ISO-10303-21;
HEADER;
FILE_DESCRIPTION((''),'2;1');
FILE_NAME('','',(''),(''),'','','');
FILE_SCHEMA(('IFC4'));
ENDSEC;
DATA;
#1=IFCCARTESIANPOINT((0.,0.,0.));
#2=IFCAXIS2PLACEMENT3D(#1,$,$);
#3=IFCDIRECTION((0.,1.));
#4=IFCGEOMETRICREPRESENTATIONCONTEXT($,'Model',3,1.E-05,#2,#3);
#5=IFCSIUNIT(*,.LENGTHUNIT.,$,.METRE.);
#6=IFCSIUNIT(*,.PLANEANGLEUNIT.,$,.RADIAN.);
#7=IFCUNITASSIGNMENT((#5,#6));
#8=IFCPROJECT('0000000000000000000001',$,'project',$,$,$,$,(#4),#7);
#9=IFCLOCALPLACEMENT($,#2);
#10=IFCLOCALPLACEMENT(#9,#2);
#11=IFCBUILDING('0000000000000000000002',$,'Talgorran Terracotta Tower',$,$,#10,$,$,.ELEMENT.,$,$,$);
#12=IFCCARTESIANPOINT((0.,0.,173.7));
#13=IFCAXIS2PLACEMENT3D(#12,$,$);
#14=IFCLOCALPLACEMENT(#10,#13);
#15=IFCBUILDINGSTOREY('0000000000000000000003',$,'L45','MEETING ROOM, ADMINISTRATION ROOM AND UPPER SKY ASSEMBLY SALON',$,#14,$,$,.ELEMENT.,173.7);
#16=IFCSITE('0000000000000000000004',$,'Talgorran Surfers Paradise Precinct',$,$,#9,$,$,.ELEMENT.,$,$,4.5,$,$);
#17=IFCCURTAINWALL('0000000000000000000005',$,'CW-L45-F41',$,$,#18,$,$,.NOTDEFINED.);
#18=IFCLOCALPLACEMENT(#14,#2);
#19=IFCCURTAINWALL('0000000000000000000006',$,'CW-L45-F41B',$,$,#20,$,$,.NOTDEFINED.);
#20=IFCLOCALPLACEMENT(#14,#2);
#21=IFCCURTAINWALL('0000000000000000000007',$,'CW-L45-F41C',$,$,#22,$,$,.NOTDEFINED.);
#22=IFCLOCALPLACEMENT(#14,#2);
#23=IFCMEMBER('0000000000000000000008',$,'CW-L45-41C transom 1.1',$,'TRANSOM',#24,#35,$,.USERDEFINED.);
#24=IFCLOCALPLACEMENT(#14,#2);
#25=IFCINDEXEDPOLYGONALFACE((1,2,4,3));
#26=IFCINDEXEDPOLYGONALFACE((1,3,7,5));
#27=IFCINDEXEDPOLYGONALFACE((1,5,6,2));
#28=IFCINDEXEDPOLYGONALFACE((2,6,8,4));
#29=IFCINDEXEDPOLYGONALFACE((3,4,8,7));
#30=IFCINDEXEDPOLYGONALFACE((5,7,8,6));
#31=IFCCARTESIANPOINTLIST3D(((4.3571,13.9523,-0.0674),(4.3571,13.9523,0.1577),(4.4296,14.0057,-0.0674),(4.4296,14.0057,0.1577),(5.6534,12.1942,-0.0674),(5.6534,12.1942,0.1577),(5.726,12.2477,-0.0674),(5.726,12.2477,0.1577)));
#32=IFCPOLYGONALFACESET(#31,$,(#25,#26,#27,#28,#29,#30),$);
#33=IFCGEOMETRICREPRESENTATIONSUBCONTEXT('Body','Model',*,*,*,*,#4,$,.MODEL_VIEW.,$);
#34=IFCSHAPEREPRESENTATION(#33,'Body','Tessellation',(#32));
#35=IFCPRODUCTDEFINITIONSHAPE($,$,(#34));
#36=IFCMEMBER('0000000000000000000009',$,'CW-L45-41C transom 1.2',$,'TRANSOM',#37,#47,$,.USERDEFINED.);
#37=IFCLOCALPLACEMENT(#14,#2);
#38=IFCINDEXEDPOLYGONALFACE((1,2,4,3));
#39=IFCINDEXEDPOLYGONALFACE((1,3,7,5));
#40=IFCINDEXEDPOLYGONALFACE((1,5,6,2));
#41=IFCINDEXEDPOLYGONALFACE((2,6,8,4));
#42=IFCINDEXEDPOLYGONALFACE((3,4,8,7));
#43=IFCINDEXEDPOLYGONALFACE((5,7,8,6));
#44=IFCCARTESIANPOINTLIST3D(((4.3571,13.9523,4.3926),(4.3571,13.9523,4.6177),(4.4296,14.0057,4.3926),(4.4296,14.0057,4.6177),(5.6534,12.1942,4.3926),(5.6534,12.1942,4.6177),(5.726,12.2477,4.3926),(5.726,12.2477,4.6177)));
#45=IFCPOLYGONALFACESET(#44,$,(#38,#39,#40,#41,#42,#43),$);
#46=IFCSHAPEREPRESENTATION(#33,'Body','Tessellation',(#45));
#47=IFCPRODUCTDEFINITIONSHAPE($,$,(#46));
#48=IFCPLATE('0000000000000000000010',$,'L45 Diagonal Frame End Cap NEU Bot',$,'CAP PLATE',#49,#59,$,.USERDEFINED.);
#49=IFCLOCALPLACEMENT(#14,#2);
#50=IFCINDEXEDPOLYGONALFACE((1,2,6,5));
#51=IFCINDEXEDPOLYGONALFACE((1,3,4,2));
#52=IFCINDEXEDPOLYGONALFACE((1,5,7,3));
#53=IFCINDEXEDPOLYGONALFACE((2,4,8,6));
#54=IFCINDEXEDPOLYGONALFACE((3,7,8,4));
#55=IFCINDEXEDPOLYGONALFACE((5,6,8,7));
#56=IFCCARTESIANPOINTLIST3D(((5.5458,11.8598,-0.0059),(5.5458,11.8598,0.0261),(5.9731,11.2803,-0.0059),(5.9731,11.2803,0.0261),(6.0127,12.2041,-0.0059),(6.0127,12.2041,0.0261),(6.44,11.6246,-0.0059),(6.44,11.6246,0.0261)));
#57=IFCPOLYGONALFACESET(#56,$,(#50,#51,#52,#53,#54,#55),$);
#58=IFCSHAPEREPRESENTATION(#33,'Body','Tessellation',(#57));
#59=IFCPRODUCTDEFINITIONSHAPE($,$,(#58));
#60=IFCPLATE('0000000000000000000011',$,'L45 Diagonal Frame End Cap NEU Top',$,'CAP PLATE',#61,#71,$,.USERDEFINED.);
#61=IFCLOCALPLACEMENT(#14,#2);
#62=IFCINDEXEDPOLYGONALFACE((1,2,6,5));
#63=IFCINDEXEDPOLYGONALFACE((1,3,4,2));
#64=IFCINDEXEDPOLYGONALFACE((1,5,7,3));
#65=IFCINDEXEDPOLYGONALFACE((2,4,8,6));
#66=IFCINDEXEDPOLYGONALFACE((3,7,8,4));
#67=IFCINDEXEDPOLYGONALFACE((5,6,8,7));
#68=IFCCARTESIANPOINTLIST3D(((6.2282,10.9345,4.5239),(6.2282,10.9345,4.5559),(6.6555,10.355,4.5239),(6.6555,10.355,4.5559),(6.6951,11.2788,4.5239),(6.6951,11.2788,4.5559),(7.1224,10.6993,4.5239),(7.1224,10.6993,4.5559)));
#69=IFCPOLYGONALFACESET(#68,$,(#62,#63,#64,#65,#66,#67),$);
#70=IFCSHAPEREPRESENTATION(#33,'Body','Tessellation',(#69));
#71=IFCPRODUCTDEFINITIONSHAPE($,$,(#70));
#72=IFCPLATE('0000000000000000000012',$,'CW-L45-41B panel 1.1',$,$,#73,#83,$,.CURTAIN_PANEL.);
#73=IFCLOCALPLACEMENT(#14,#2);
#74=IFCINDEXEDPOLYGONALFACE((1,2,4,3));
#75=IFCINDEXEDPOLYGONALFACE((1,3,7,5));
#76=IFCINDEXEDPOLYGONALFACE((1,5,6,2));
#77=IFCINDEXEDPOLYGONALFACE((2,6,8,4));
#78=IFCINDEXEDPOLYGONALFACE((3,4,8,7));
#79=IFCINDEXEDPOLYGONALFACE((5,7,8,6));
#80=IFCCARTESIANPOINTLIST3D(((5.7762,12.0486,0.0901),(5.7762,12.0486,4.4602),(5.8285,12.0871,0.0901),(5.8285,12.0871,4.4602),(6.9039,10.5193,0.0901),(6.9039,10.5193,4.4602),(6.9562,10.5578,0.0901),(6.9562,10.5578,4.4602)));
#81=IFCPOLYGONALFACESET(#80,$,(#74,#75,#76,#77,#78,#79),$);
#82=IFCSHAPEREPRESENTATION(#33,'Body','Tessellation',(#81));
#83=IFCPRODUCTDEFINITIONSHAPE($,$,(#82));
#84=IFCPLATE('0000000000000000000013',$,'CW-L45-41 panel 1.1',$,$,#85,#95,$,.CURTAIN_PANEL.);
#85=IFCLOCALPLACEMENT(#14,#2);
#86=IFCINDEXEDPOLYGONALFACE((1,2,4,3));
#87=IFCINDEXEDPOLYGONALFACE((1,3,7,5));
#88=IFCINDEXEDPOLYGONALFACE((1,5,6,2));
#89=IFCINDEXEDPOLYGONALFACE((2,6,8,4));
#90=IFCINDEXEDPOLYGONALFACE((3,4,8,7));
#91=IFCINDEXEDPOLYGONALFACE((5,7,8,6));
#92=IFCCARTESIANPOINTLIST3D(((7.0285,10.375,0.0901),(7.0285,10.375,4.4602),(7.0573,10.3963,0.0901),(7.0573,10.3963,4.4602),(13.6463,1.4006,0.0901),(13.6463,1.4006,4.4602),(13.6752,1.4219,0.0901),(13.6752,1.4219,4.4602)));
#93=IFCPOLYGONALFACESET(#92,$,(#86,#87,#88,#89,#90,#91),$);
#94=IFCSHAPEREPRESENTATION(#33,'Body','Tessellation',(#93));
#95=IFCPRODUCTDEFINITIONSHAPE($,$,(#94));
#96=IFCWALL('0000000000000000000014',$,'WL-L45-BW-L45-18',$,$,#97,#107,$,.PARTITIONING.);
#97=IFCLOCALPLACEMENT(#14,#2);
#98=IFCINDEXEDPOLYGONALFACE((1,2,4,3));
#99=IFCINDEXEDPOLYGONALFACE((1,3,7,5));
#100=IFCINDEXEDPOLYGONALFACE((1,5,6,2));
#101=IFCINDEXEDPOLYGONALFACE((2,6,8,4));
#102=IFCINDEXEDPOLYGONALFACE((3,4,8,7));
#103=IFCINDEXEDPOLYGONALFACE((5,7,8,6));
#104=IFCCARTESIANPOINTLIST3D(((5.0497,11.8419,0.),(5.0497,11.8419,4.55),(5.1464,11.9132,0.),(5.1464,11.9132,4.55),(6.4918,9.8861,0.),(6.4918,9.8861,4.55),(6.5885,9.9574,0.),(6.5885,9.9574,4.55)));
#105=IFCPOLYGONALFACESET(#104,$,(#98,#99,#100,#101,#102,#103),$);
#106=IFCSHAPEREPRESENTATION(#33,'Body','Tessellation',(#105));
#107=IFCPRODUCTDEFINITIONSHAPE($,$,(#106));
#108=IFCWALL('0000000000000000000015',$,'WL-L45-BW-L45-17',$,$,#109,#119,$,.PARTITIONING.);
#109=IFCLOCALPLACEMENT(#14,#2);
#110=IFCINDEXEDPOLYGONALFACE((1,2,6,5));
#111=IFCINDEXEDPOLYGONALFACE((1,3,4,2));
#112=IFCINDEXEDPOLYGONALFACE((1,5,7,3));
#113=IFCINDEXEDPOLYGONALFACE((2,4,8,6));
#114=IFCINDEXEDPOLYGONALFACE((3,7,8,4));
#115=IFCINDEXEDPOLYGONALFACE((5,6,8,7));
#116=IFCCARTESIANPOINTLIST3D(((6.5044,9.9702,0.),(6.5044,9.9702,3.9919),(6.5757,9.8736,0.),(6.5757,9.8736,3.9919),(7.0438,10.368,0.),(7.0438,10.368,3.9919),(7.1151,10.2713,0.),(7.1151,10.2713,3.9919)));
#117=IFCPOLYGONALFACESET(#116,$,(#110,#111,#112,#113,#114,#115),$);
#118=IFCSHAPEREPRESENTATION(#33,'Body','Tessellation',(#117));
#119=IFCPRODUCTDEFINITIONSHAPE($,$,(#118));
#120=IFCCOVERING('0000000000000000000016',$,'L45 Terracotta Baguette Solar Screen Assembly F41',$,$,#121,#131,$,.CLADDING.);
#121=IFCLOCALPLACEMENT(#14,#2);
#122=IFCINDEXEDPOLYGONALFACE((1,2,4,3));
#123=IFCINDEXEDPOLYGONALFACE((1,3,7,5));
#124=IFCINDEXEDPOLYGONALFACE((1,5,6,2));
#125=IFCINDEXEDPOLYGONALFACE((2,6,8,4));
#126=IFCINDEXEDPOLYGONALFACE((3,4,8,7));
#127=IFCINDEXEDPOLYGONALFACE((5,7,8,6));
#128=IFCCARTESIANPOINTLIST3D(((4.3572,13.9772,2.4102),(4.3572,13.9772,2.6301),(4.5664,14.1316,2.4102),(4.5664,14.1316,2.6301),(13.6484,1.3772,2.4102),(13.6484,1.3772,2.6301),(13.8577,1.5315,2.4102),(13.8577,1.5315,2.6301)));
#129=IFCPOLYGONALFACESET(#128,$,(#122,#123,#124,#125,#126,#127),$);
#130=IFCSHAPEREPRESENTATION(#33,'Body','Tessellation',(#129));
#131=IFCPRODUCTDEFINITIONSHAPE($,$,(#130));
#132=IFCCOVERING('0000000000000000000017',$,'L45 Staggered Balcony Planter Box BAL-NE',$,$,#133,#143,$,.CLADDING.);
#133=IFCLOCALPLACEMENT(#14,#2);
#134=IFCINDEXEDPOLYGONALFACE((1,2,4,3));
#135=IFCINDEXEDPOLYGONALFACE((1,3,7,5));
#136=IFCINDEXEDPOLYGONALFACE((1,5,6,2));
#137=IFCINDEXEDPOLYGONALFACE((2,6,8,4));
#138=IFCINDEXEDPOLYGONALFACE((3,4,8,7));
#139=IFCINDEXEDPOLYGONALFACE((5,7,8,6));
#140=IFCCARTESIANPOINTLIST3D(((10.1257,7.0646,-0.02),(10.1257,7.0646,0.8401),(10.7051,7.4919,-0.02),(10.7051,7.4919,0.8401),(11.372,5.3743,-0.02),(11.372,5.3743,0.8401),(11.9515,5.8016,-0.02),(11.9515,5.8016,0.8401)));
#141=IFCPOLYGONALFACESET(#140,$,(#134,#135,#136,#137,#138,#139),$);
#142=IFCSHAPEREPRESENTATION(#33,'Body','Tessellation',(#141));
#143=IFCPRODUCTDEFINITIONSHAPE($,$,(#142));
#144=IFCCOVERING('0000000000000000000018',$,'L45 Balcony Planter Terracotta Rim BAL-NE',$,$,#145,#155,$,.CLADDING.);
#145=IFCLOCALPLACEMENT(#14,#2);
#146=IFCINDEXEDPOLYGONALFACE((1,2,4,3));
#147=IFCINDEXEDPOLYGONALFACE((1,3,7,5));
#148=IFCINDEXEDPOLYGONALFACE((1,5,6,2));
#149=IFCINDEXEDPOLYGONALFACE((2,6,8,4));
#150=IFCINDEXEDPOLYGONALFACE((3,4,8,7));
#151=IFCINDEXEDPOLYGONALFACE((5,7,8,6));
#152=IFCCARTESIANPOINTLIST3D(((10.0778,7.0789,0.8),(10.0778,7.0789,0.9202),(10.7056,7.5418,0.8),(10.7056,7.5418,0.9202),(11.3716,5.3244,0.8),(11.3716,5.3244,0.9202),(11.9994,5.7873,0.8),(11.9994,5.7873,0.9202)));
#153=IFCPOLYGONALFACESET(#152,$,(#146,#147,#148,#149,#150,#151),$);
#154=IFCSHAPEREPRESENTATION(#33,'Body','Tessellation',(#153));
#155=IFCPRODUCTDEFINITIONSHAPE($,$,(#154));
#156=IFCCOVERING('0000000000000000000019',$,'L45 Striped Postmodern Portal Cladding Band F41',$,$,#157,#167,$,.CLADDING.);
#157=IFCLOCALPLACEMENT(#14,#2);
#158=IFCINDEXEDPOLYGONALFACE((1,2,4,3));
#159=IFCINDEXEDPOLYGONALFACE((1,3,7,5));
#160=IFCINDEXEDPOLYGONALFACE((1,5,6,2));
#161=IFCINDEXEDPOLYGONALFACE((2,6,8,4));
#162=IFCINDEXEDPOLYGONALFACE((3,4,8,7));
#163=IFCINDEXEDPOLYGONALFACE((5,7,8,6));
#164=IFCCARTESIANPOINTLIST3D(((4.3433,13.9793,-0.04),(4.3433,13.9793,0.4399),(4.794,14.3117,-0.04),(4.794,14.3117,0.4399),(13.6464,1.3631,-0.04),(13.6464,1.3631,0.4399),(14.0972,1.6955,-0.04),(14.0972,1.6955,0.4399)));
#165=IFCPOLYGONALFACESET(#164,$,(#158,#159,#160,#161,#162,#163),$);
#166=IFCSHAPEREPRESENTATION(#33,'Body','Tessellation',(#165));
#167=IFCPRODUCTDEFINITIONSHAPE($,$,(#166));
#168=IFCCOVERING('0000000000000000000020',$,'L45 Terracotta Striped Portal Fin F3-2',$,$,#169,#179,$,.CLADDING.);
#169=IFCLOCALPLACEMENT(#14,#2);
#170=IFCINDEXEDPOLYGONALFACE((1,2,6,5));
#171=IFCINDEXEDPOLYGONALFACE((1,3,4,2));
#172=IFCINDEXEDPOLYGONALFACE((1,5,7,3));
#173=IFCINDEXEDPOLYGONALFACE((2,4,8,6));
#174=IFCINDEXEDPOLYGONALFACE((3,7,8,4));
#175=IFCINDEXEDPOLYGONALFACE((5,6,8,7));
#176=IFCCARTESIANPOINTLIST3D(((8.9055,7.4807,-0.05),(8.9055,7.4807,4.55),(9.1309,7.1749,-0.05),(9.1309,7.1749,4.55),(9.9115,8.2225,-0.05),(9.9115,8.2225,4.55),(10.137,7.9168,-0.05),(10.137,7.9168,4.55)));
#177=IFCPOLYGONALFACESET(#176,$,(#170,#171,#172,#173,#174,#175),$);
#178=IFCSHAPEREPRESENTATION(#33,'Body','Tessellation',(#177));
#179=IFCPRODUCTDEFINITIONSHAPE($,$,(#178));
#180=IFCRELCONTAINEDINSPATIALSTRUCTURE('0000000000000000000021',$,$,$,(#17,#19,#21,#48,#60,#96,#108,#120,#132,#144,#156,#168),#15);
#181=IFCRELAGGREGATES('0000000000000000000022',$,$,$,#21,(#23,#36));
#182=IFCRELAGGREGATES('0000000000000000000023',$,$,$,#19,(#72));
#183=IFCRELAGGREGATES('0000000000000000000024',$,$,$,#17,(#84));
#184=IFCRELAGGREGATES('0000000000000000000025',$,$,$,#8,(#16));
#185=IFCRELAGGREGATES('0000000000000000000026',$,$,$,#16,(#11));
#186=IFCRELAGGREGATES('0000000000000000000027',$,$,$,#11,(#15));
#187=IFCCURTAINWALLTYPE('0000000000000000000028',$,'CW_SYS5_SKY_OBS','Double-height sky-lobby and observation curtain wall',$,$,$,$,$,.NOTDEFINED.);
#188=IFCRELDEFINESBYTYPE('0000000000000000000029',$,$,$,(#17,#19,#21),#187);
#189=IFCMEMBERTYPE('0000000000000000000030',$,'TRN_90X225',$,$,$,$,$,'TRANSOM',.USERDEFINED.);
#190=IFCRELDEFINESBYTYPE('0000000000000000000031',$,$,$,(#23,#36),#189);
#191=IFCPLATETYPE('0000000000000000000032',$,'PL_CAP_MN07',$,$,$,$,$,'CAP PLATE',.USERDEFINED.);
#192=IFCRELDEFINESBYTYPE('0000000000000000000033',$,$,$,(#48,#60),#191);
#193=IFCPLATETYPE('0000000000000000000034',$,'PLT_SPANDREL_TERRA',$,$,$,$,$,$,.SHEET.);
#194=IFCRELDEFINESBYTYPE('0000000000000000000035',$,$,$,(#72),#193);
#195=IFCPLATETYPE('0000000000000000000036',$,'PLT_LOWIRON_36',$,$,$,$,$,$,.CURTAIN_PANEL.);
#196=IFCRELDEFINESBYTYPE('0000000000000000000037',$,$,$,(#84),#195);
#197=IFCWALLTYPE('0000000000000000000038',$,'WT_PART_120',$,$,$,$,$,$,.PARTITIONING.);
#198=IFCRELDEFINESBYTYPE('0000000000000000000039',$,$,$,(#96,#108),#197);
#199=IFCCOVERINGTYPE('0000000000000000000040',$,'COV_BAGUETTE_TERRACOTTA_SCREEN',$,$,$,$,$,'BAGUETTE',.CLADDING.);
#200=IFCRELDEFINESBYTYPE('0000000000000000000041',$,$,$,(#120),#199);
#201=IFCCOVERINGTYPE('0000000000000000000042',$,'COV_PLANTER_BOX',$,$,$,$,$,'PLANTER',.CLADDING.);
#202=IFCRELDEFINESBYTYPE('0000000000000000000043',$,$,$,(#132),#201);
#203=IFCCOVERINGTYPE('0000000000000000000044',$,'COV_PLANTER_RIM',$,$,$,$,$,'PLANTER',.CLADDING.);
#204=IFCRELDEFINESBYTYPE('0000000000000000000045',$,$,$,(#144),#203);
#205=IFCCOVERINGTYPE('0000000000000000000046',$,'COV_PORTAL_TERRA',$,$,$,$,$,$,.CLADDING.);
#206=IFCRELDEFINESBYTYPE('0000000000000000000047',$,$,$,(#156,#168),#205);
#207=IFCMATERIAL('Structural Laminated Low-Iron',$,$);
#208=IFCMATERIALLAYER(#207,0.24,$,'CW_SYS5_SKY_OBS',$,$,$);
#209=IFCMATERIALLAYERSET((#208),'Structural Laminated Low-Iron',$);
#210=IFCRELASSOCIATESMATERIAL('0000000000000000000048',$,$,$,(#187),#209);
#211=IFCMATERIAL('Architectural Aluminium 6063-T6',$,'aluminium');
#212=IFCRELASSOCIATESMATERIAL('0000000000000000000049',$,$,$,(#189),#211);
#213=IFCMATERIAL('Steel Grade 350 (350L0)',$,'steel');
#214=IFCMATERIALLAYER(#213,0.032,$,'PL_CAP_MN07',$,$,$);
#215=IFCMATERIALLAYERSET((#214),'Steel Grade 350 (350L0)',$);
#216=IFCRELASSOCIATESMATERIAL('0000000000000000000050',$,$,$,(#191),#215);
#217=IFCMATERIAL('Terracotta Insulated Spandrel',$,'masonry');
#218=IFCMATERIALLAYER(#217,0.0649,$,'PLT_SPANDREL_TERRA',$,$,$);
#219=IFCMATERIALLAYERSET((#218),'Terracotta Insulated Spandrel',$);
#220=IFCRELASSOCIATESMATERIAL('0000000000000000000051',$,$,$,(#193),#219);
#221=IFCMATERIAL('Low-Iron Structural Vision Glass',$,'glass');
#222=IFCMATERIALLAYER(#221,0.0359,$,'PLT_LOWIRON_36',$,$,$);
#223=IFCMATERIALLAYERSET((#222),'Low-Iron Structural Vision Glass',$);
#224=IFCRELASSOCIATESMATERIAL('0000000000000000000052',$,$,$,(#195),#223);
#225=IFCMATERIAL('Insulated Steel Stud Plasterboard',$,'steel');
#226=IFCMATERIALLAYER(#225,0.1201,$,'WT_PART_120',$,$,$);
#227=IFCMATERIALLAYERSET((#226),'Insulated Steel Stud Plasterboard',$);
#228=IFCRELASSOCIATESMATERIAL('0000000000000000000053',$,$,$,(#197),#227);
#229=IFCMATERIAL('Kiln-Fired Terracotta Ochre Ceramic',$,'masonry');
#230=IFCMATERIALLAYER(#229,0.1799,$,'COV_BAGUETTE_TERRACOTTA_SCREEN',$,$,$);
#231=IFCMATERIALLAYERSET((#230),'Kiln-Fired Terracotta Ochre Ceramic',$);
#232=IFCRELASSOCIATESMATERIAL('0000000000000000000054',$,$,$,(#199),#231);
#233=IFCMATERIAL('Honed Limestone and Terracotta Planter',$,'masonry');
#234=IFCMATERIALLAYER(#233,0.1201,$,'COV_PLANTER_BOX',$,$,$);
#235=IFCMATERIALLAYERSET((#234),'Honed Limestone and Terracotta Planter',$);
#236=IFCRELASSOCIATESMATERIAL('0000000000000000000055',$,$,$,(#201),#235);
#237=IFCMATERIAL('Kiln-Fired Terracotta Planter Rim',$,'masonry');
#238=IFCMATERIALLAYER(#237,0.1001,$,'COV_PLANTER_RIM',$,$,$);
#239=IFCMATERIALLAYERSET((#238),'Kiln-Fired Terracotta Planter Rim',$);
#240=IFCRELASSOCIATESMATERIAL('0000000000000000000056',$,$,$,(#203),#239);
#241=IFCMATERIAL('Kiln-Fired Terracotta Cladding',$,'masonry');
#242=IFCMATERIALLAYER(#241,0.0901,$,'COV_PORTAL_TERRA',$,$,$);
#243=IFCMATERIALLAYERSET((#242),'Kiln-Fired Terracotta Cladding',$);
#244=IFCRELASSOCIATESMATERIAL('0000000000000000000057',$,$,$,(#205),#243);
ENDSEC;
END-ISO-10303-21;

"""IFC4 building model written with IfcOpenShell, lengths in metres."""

from ifc_helpers import new_model, si_unit, direction, frame, frame_2d, origin, origin_2d, place, context, subcontext, project, spatial, rectangle, extrude, source, transform, mapped, material, layer, layer_set, material_profile, profile_set, type_object, type_shapes, element, aggregate, save


model = new_model("IFC4")

# Units and contexts
model_context = context("Model", 3, precision=1e-05, world=origin(), true_north=direction((0.0, 1.0)))
body_context = subcontext(model_context, "Body", "Model", "MODEL_VIEW")
ifc_project = project(units=[si_unit("LENGTHUNIT", "METRE"), si_unit("PLANEANGLEUNIT", "RADIAN")], contexts=[model_context])

# Site, building, storey
site_placement = place(None, origin())
site = spatial("IfcSite", under=ifc_project, at=site_placement, Name="Talgorran Surfers Paradise Precinct", CompositionType="ELEMENT", RefElevation=4.5)
building_placement = place(site_placement, origin())
building = spatial("IfcBuilding", under=site, at=building_placement, Name="Talgorran Terracotta Tower", CompositionType="ELEMENT")
storey_placement = place(building_placement, frame((0.0, 0.0, 173.7)))
storey = spatial("IfcBuildingStorey", under=building, at=storey_placement, Name="L45", Description="MEETING ROOM, ADMINISTRATION ROOM AND UPPER SKY ASSEMBLY SALON", CompositionType="ELEMENT", Elevation=173.7)

# Shared definitions
ifc_material_1 = material(Name="Steel Grade 350 (350L0)", Category="steel")

# Curtain wall
ifc_material_2 = material(Name="Structural Laminated Low-Iron")
ifc_layer_1 = layer(ifc_material_2, 0.24, Name="CW_SYS5_SKY_OBS")
ifc_layer_set_1 = layer_set([ifc_layer_1], Name="Structural Laminated Low-Iron")
curtain_wall_type = type_object("IfcCurtainWallType", Name="CW_SYS5_SKY_OBS", Description="Double-height sky-lobby and observation curtain wall", PredefinedType="NOTDEFINED", material=ifc_layer_set_1)
curtain_wall_1_placement = place(storey_placement, origin())
curtain_wall_1 = element("IfcCurtainWall", 1, at=curtain_wall_1_placement, inside=storey, type_object=curtain_wall_type, Name="CW-L45-F41", PredefinedType="NOTDEFINED")
ifc_material_3 = material(Name="Architectural Aluminium 6063-T6", Category="aluminium")

# Curtain wall
curtain_wall_2_placement = place(storey_placement, origin())
curtain_wall_2 = element("IfcCurtainWall", 2, at=curtain_wall_2_placement, inside=storey, type_object=curtain_wall_type, Name="CW-L45-F41B", PredefinedType="NOTDEFINED")

# Curtain wall
curtain_wall_3_placement = place(storey_placement, origin())
curtain_wall_3 = element("IfcCurtainWall", 3, at=curtain_wall_3_placement, inside=storey, type_object=curtain_wall_type, Name="CW-L45-F41C", PredefinedType="NOTDEFINED")

# Members
ifc_material_profile_1 = material_profile(ifc_material_3, rectangle(XDim=0.0901, YDim=0.2251, at=origin_2d()), Name="CWT90X225")
ifc_profile_set_1 = profile_set([ifc_material_profile_1], Name="Architectural Aluminium 6063-T6")
member_type_1 = type_object("IfcMemberType", Name="TRN_90X225", ElementType="TRANSOM", PredefinedType="USERDEFINED", material=ifc_profile_set_1)
member_1_placement = place(storey_placement, frame((5.6897, 12.2209, 0.0452), z_axis=(-0.593489, 0.804842, 0.0), x_axis=(-0.804842, -0.593489, 0.0)))
member_1 = element("IfcMember", 4, at=member_1_placement, type_object=member_type_1, Name="CW-L45-41C transom 1.1", ObjectType="TRANSOM", PredefinedType="USERDEFINED", context=body_context, shape_type="SweptSolid", body=[
    extrude(rectangle(XDim=0.0901, YDim=0.2251, at=origin_2d()), origin(), (0.0, 0.0, 1.0), 2.1843),
])
member_2_placement = place(storey_placement, frame((5.6897, 12.2209, 4.5051), z_axis=(-0.593489, 0.804842, 0.0), x_axis=(-0.804842, -0.593489, 0.0)))
member_2 = element("IfcMember", 5, at=member_2_placement, type_object=member_type_1, Name="CW-L45-41C transom 1.2", ObjectType="TRANSOM", PredefinedType="USERDEFINED", context=body_context, shape_type="SweptSolid", body=[
    extrude(rectangle(XDim=0.0901, YDim=0.2251, at=origin_2d()), origin(), (0.0, 0.0, 1.0), 2.1843),
])
aggregate(curtain_wall_3, [member_1, member_2])

# Plates
ifc_layer_2 = layer(ifc_material_1, 0.032, Name="PL_CAP_MN07")
ifc_layer_set_2 = layer_set([ifc_layer_2], Name="Steel Grade 350 (350L0)")
plate_type_1 = type_object("IfcPlateType", Name="PL_CAP_MN07", ElementType="CAP PLATE", PredefinedType="USERDEFINED", material=ifc_layer_set_2)
for number, where, z_axis, x_axis, name in (
    (6, (5.9929, 11.7422, -0.0059), (0.0, 0.0, 1.0), (0.593419, -0.804894, 0.0), "L45 Diagonal Frame End Cap NEU Bot"),
    (7, (6.6753, 10.8169, 4.5239), (0.0, 0.0, 1.0), (0.593419, -0.804894, 0.0), "L45 Diagonal Frame End Cap NEU Top"),
):
    element("IfcPlate", number, at=place(storey_placement, frame(where, z_axis=z_axis, x_axis=x_axis)), inside=storey, type_object=plate_type_1, Name=name, ObjectType="CAP PLATE", PredefinedType="USERDEFINED", context=body_context, shape_type="SweptSolid", body=[
        extrude(rectangle(XDim=0.72, YDim=0.5801, at=origin_2d()), origin(), (0.0, 0.0, 1.0), 0.032),
    ])

# Plates
ifc_material_4 = material(Name="Terracotta Insulated Spandrel", Category="masonry")
ifc_layer_3 = layer(ifc_material_4, 0.0649, Name="PLT_SPANDREL_TERRA")
ifc_layer_set_3 = layer_set([ifc_layer_3], Name="Terracotta Insulated Spandrel")
plate_type_2 = type_object("IfcPlateType", Name="PLT_SPANDREL_TERRA", PredefinedType="SHEET", material=ifc_layer_set_3)
shared_shape_1 = source(origin(), body_context, "Body", "SweptSolid", [
    extrude(rectangle(XDim=1.9001, YDim=0.0649, at=origin_2d()), origin(), (0.0, 0.0, 1.0), 4.3701),
])
type_shapes(plate_type_2, [shared_shape_1])
plate_1_placement = place(storey_placement, frame((6.3662, 11.3032, 0.0901), z_axis=(0.0, 0.0, 1.0), x_axis=(-0.593504, 0.804831, 0.0)))
plate_1 = element("IfcPlate", 8, at=plate_1_placement, type_object=plate_type_2, Name="CW-L45-41B panel 1.1", PredefinedType="CURTAIN_PANEL", context=body_context, shape_type="MappedRepresentation", body=[
    mapped(shared_shape_1, transform((0.0, 0.0, 0.0), scale=1.0)),
])
aggregate(curtain_wall_2, [plate_1])
ifc_material_5 = material(Name="Low-Iron Structural Vision Glass", Category="glass")
ifc_layer_4 = layer(ifc_material_5, 0.0359, Name="PLT_LOWIRON_36")
ifc_layer_set_4 = layer_set([ifc_layer_4], Name="Low-Iron Structural Vision Glass")
plate_type_3 = type_object("IfcPlateType", Name="PLT_LOWIRON_36", PredefinedType="CURTAIN_PANEL", material=ifc_layer_set_4)
shared_shape_2 = source(origin(), body_context, "Body", "SweptSolid", [
    extrude(rectangle(XDim=11.1506, YDim=0.0359, at=origin_2d()), origin(), (0.0, 0.0, 1.0), 4.3701),
])
type_shapes(plate_type_3, [shared_shape_2])
plate_2_placement = place(storey_placement, frame((10.3518, 5.8984, 0.0901), z_axis=(0.0, 0.0, 1.0), x_axis=(-0.593493, 0.804839, 0.0)))
plate_2 = element("IfcPlate", 9, at=plate_2_placement, type_object=plate_type_3, Name="CW-L45-41 panel 1.1", PredefinedType="CURTAIN_PANEL", context=body_context, shape_type="MappedRepresentation", body=[
    mapped(shared_shape_2, transform((0.0, 0.0, 0.0), scale=1.0)),
])
aggregate(curtain_wall_1, [plate_2])

# Walls
ifc_material_6 = material(Name="Insulated Steel Stud Plasterboard", Category="steel")
ifc_layer_5 = layer(ifc_material_6, 0.1201, Name="WT_PART_120")
ifc_layer_set_5 = layer_set([ifc_layer_5], Name="Insulated Steel Stud Plasterboard")
wall_type = type_object("IfcWallType", Name="WT_PART_120", PredefinedType="PARTITIONING", material=ifc_layer_set_5)
wall_1_placement = place(storey_placement, frame((6.54, 9.9219, 0.0), z_axis=(0.0, 0.0, 1.0), x_axis=(-0.59347, 0.804856, 0.0)))
element("IfcWall", 10, at=wall_1_placement, inside=storey, type_object=wall_type, Name="WL-L45-BW-L45-18", PredefinedType="PARTITIONING", context=body_context, shape_type="SweptSolid", body=[
    extrude(rectangle(XDim=2.4299, YDim=0.1201, at=frame_2d((1.2148, 0.0))), origin(), (0.0, 0.0, 1.0), 4.55),
])
wall_2_placement = place(storey_placement, frame((7.0793, 10.3196, 0.0), z_axis=(0.0, 0.0, 1.0), x_axis=(-0.804827, -0.59351, 0.0)))
element("IfcWall", 11, at=wall_2_placement, inside=storey, type_object=wall_type, Name="WL-L45-BW-L45-17", PredefinedType="PARTITIONING", context=body_context, shape_type="SweptSolid", body=[
    extrude(rectangle(XDim=0.6702, YDim=0.1201, at=frame_2d((0.335, 0.0))), origin(), (0.0, 0.0, 1.0), 3.9919),
])

# Coverings
ifc_material_7 = material(Name="Kiln-Fired Terracotta Ochre Ceramic", Category="masonry")
ifc_layer_6 = layer(ifc_material_7, 0.1799, Name="COV_BAGUETTE_TERRACOTTA_SCREEN")
ifc_layer_set_6 = layer_set([ifc_layer_6], Name="Kiln-Fired Terracotta Ochre Ceramic")
covering_type_1 = type_object("IfcCoveringType", Name="COV_BAGUETTE_TERRACOTTA_SCREEN", ElementType="BAGUETTE", PredefinedType="CLADDING", material=ifc_layer_set_6)
covering_1_placement = place(storey_placement, frame((9.1074, 7.7544, 2.4102), z_axis=(0.0, 0.0, 1.0), x_axis=(-0.593489, 0.804842, 0.0)))
element("IfcCovering", 12, at=covering_1_placement, inside=storey, type_object=covering_type_1, Name="L45 Terracotta Baguette Solar Screen Assembly F41", PredefinedType="CLADDING", context=body_context, shape_type="SweptSolid", body=[
    extrude(rectangle(XDim=15.6553, YDim=0.26, at=origin_2d()), origin(), (0.0, 0.0, 1.0), 0.22),
])
ifc_material_8 = material(Name="Honed Limestone and Terracotta Planter", Category="masonry")
ifc_layer_7 = layer(ifc_material_8, 0.1201, Name="COV_PLANTER_BOX")
ifc_layer_set_7 = layer_set([ifc_layer_7], Name="Honed Limestone and Terracotta Planter")
covering_type_2 = type_object("IfcCoveringType", Name="COV_PLANTER_BOX", ElementType="PLANTER", PredefinedType="CLADDING", material=ifc_layer_set_7)
covering_2_placement = place(storey_placement, frame((11.0386, 6.4331, -0.02), z_axis=(0.0, 0.0, 1.0), x_axis=(-0.593489, 0.804842, 0.0)))
element("IfcCovering", 13, at=covering_2_placement, inside=storey, type_object=covering_type_2, Name="L45 Staggered Balcony Planter Box BAL-NE", PredefinedType="CLADDING", context=body_context, shape_type="SweptSolid", body=[
    extrude(rectangle(XDim=2.1001, YDim=0.72, at=origin_2d()), origin(), (0.0, 0.0, 1.0), 0.8601),
])
ifc_material_9 = material(Name="Kiln-Fired Terracotta Planter Rim", Category="masonry")
ifc_layer_8 = layer(ifc_material_9, 0.1001, Name="COV_PLANTER_RIM")
ifc_layer_set_8 = layer_set([ifc_layer_8], Name="Kiln-Fired Terracotta Planter Rim")
covering_type_3 = type_object("IfcCoveringType", Name="COV_PLANTER_RIM", ElementType="PLANTER", PredefinedType="CLADDING", material=ifc_layer_set_8)
covering_3_placement = place(storey_placement, frame((11.0386, 6.4331, 0.8), z_axis=(0.0, 0.0, 1.0), x_axis=(-0.593489, 0.804842, 0.0)))
element("IfcCovering", 14, at=covering_3_placement, inside=storey, type_object=covering_type_3, Name="L45 Balcony Planter Terracotta Rim BAL-NE", PredefinedType="CLADDING", context=body_context, shape_type="SweptSolid", body=[
    extrude(rectangle(XDim=2.1799, YDim=0.78, at=origin_2d()), origin(), (0.0, 0.0, 1.0), 0.1201),
])
ifc_material_10 = material(Name="Kiln-Fired Terracotta Cladding", Category="masonry")
ifc_layer_9 = layer(ifc_material_10, 0.0901, Name="COV_PORTAL_TERRA")
ifc_layer_set_9 = layer_set([ifc_layer_9], Name="Kiln-Fired Terracotta Cladding")
covering_type_4 = type_object("IfcCoveringType", Name="COV_PORTAL_TERRA", PredefinedType="CLADDING", material=ifc_layer_set_9)
covering_4_placement = place(storey_placement, frame((9.2202, 7.8374, -0.04), z_axis=(0.0, 0.0, 1.0), x_axis=(-0.593489, 0.804842, 0.0)))
element("IfcCovering", 15, at=covering_4_placement, inside=storey, type_object=covering_type_4, Name="L45 Striped Postmodern Portal Cladding Band F41", PredefinedType="CLADDING", context=body_context, shape_type="SweptSolid", body=[
    extrude(rectangle(XDim=15.6753, YDim=0.5601, at=origin_2d()), origin(), (0.0, 0.0, 1.0), 0.48),
])
covering_5_placement = place(storey_placement, frame((9.5212, 7.6987, -0.05), z_axis=(0.0, 0.0, 1.0), x_axis=(-0.593489, 0.804842, 0.0)))
element("IfcCovering", 16, at=covering_5_placement, inside=storey, type_object=covering_type_4, Name="L45 Terracotta Striped Portal Fin F3-2", PredefinedType="CLADDING", context=body_context, shape_type="SweptSolid", body=[
    extrude(rectangle(XDim=0.3799, YDim=1.25, at=origin_2d()), origin(), (0.0, 0.0, 1.0), 4.6001),
])

save(model, "model.ifc")
